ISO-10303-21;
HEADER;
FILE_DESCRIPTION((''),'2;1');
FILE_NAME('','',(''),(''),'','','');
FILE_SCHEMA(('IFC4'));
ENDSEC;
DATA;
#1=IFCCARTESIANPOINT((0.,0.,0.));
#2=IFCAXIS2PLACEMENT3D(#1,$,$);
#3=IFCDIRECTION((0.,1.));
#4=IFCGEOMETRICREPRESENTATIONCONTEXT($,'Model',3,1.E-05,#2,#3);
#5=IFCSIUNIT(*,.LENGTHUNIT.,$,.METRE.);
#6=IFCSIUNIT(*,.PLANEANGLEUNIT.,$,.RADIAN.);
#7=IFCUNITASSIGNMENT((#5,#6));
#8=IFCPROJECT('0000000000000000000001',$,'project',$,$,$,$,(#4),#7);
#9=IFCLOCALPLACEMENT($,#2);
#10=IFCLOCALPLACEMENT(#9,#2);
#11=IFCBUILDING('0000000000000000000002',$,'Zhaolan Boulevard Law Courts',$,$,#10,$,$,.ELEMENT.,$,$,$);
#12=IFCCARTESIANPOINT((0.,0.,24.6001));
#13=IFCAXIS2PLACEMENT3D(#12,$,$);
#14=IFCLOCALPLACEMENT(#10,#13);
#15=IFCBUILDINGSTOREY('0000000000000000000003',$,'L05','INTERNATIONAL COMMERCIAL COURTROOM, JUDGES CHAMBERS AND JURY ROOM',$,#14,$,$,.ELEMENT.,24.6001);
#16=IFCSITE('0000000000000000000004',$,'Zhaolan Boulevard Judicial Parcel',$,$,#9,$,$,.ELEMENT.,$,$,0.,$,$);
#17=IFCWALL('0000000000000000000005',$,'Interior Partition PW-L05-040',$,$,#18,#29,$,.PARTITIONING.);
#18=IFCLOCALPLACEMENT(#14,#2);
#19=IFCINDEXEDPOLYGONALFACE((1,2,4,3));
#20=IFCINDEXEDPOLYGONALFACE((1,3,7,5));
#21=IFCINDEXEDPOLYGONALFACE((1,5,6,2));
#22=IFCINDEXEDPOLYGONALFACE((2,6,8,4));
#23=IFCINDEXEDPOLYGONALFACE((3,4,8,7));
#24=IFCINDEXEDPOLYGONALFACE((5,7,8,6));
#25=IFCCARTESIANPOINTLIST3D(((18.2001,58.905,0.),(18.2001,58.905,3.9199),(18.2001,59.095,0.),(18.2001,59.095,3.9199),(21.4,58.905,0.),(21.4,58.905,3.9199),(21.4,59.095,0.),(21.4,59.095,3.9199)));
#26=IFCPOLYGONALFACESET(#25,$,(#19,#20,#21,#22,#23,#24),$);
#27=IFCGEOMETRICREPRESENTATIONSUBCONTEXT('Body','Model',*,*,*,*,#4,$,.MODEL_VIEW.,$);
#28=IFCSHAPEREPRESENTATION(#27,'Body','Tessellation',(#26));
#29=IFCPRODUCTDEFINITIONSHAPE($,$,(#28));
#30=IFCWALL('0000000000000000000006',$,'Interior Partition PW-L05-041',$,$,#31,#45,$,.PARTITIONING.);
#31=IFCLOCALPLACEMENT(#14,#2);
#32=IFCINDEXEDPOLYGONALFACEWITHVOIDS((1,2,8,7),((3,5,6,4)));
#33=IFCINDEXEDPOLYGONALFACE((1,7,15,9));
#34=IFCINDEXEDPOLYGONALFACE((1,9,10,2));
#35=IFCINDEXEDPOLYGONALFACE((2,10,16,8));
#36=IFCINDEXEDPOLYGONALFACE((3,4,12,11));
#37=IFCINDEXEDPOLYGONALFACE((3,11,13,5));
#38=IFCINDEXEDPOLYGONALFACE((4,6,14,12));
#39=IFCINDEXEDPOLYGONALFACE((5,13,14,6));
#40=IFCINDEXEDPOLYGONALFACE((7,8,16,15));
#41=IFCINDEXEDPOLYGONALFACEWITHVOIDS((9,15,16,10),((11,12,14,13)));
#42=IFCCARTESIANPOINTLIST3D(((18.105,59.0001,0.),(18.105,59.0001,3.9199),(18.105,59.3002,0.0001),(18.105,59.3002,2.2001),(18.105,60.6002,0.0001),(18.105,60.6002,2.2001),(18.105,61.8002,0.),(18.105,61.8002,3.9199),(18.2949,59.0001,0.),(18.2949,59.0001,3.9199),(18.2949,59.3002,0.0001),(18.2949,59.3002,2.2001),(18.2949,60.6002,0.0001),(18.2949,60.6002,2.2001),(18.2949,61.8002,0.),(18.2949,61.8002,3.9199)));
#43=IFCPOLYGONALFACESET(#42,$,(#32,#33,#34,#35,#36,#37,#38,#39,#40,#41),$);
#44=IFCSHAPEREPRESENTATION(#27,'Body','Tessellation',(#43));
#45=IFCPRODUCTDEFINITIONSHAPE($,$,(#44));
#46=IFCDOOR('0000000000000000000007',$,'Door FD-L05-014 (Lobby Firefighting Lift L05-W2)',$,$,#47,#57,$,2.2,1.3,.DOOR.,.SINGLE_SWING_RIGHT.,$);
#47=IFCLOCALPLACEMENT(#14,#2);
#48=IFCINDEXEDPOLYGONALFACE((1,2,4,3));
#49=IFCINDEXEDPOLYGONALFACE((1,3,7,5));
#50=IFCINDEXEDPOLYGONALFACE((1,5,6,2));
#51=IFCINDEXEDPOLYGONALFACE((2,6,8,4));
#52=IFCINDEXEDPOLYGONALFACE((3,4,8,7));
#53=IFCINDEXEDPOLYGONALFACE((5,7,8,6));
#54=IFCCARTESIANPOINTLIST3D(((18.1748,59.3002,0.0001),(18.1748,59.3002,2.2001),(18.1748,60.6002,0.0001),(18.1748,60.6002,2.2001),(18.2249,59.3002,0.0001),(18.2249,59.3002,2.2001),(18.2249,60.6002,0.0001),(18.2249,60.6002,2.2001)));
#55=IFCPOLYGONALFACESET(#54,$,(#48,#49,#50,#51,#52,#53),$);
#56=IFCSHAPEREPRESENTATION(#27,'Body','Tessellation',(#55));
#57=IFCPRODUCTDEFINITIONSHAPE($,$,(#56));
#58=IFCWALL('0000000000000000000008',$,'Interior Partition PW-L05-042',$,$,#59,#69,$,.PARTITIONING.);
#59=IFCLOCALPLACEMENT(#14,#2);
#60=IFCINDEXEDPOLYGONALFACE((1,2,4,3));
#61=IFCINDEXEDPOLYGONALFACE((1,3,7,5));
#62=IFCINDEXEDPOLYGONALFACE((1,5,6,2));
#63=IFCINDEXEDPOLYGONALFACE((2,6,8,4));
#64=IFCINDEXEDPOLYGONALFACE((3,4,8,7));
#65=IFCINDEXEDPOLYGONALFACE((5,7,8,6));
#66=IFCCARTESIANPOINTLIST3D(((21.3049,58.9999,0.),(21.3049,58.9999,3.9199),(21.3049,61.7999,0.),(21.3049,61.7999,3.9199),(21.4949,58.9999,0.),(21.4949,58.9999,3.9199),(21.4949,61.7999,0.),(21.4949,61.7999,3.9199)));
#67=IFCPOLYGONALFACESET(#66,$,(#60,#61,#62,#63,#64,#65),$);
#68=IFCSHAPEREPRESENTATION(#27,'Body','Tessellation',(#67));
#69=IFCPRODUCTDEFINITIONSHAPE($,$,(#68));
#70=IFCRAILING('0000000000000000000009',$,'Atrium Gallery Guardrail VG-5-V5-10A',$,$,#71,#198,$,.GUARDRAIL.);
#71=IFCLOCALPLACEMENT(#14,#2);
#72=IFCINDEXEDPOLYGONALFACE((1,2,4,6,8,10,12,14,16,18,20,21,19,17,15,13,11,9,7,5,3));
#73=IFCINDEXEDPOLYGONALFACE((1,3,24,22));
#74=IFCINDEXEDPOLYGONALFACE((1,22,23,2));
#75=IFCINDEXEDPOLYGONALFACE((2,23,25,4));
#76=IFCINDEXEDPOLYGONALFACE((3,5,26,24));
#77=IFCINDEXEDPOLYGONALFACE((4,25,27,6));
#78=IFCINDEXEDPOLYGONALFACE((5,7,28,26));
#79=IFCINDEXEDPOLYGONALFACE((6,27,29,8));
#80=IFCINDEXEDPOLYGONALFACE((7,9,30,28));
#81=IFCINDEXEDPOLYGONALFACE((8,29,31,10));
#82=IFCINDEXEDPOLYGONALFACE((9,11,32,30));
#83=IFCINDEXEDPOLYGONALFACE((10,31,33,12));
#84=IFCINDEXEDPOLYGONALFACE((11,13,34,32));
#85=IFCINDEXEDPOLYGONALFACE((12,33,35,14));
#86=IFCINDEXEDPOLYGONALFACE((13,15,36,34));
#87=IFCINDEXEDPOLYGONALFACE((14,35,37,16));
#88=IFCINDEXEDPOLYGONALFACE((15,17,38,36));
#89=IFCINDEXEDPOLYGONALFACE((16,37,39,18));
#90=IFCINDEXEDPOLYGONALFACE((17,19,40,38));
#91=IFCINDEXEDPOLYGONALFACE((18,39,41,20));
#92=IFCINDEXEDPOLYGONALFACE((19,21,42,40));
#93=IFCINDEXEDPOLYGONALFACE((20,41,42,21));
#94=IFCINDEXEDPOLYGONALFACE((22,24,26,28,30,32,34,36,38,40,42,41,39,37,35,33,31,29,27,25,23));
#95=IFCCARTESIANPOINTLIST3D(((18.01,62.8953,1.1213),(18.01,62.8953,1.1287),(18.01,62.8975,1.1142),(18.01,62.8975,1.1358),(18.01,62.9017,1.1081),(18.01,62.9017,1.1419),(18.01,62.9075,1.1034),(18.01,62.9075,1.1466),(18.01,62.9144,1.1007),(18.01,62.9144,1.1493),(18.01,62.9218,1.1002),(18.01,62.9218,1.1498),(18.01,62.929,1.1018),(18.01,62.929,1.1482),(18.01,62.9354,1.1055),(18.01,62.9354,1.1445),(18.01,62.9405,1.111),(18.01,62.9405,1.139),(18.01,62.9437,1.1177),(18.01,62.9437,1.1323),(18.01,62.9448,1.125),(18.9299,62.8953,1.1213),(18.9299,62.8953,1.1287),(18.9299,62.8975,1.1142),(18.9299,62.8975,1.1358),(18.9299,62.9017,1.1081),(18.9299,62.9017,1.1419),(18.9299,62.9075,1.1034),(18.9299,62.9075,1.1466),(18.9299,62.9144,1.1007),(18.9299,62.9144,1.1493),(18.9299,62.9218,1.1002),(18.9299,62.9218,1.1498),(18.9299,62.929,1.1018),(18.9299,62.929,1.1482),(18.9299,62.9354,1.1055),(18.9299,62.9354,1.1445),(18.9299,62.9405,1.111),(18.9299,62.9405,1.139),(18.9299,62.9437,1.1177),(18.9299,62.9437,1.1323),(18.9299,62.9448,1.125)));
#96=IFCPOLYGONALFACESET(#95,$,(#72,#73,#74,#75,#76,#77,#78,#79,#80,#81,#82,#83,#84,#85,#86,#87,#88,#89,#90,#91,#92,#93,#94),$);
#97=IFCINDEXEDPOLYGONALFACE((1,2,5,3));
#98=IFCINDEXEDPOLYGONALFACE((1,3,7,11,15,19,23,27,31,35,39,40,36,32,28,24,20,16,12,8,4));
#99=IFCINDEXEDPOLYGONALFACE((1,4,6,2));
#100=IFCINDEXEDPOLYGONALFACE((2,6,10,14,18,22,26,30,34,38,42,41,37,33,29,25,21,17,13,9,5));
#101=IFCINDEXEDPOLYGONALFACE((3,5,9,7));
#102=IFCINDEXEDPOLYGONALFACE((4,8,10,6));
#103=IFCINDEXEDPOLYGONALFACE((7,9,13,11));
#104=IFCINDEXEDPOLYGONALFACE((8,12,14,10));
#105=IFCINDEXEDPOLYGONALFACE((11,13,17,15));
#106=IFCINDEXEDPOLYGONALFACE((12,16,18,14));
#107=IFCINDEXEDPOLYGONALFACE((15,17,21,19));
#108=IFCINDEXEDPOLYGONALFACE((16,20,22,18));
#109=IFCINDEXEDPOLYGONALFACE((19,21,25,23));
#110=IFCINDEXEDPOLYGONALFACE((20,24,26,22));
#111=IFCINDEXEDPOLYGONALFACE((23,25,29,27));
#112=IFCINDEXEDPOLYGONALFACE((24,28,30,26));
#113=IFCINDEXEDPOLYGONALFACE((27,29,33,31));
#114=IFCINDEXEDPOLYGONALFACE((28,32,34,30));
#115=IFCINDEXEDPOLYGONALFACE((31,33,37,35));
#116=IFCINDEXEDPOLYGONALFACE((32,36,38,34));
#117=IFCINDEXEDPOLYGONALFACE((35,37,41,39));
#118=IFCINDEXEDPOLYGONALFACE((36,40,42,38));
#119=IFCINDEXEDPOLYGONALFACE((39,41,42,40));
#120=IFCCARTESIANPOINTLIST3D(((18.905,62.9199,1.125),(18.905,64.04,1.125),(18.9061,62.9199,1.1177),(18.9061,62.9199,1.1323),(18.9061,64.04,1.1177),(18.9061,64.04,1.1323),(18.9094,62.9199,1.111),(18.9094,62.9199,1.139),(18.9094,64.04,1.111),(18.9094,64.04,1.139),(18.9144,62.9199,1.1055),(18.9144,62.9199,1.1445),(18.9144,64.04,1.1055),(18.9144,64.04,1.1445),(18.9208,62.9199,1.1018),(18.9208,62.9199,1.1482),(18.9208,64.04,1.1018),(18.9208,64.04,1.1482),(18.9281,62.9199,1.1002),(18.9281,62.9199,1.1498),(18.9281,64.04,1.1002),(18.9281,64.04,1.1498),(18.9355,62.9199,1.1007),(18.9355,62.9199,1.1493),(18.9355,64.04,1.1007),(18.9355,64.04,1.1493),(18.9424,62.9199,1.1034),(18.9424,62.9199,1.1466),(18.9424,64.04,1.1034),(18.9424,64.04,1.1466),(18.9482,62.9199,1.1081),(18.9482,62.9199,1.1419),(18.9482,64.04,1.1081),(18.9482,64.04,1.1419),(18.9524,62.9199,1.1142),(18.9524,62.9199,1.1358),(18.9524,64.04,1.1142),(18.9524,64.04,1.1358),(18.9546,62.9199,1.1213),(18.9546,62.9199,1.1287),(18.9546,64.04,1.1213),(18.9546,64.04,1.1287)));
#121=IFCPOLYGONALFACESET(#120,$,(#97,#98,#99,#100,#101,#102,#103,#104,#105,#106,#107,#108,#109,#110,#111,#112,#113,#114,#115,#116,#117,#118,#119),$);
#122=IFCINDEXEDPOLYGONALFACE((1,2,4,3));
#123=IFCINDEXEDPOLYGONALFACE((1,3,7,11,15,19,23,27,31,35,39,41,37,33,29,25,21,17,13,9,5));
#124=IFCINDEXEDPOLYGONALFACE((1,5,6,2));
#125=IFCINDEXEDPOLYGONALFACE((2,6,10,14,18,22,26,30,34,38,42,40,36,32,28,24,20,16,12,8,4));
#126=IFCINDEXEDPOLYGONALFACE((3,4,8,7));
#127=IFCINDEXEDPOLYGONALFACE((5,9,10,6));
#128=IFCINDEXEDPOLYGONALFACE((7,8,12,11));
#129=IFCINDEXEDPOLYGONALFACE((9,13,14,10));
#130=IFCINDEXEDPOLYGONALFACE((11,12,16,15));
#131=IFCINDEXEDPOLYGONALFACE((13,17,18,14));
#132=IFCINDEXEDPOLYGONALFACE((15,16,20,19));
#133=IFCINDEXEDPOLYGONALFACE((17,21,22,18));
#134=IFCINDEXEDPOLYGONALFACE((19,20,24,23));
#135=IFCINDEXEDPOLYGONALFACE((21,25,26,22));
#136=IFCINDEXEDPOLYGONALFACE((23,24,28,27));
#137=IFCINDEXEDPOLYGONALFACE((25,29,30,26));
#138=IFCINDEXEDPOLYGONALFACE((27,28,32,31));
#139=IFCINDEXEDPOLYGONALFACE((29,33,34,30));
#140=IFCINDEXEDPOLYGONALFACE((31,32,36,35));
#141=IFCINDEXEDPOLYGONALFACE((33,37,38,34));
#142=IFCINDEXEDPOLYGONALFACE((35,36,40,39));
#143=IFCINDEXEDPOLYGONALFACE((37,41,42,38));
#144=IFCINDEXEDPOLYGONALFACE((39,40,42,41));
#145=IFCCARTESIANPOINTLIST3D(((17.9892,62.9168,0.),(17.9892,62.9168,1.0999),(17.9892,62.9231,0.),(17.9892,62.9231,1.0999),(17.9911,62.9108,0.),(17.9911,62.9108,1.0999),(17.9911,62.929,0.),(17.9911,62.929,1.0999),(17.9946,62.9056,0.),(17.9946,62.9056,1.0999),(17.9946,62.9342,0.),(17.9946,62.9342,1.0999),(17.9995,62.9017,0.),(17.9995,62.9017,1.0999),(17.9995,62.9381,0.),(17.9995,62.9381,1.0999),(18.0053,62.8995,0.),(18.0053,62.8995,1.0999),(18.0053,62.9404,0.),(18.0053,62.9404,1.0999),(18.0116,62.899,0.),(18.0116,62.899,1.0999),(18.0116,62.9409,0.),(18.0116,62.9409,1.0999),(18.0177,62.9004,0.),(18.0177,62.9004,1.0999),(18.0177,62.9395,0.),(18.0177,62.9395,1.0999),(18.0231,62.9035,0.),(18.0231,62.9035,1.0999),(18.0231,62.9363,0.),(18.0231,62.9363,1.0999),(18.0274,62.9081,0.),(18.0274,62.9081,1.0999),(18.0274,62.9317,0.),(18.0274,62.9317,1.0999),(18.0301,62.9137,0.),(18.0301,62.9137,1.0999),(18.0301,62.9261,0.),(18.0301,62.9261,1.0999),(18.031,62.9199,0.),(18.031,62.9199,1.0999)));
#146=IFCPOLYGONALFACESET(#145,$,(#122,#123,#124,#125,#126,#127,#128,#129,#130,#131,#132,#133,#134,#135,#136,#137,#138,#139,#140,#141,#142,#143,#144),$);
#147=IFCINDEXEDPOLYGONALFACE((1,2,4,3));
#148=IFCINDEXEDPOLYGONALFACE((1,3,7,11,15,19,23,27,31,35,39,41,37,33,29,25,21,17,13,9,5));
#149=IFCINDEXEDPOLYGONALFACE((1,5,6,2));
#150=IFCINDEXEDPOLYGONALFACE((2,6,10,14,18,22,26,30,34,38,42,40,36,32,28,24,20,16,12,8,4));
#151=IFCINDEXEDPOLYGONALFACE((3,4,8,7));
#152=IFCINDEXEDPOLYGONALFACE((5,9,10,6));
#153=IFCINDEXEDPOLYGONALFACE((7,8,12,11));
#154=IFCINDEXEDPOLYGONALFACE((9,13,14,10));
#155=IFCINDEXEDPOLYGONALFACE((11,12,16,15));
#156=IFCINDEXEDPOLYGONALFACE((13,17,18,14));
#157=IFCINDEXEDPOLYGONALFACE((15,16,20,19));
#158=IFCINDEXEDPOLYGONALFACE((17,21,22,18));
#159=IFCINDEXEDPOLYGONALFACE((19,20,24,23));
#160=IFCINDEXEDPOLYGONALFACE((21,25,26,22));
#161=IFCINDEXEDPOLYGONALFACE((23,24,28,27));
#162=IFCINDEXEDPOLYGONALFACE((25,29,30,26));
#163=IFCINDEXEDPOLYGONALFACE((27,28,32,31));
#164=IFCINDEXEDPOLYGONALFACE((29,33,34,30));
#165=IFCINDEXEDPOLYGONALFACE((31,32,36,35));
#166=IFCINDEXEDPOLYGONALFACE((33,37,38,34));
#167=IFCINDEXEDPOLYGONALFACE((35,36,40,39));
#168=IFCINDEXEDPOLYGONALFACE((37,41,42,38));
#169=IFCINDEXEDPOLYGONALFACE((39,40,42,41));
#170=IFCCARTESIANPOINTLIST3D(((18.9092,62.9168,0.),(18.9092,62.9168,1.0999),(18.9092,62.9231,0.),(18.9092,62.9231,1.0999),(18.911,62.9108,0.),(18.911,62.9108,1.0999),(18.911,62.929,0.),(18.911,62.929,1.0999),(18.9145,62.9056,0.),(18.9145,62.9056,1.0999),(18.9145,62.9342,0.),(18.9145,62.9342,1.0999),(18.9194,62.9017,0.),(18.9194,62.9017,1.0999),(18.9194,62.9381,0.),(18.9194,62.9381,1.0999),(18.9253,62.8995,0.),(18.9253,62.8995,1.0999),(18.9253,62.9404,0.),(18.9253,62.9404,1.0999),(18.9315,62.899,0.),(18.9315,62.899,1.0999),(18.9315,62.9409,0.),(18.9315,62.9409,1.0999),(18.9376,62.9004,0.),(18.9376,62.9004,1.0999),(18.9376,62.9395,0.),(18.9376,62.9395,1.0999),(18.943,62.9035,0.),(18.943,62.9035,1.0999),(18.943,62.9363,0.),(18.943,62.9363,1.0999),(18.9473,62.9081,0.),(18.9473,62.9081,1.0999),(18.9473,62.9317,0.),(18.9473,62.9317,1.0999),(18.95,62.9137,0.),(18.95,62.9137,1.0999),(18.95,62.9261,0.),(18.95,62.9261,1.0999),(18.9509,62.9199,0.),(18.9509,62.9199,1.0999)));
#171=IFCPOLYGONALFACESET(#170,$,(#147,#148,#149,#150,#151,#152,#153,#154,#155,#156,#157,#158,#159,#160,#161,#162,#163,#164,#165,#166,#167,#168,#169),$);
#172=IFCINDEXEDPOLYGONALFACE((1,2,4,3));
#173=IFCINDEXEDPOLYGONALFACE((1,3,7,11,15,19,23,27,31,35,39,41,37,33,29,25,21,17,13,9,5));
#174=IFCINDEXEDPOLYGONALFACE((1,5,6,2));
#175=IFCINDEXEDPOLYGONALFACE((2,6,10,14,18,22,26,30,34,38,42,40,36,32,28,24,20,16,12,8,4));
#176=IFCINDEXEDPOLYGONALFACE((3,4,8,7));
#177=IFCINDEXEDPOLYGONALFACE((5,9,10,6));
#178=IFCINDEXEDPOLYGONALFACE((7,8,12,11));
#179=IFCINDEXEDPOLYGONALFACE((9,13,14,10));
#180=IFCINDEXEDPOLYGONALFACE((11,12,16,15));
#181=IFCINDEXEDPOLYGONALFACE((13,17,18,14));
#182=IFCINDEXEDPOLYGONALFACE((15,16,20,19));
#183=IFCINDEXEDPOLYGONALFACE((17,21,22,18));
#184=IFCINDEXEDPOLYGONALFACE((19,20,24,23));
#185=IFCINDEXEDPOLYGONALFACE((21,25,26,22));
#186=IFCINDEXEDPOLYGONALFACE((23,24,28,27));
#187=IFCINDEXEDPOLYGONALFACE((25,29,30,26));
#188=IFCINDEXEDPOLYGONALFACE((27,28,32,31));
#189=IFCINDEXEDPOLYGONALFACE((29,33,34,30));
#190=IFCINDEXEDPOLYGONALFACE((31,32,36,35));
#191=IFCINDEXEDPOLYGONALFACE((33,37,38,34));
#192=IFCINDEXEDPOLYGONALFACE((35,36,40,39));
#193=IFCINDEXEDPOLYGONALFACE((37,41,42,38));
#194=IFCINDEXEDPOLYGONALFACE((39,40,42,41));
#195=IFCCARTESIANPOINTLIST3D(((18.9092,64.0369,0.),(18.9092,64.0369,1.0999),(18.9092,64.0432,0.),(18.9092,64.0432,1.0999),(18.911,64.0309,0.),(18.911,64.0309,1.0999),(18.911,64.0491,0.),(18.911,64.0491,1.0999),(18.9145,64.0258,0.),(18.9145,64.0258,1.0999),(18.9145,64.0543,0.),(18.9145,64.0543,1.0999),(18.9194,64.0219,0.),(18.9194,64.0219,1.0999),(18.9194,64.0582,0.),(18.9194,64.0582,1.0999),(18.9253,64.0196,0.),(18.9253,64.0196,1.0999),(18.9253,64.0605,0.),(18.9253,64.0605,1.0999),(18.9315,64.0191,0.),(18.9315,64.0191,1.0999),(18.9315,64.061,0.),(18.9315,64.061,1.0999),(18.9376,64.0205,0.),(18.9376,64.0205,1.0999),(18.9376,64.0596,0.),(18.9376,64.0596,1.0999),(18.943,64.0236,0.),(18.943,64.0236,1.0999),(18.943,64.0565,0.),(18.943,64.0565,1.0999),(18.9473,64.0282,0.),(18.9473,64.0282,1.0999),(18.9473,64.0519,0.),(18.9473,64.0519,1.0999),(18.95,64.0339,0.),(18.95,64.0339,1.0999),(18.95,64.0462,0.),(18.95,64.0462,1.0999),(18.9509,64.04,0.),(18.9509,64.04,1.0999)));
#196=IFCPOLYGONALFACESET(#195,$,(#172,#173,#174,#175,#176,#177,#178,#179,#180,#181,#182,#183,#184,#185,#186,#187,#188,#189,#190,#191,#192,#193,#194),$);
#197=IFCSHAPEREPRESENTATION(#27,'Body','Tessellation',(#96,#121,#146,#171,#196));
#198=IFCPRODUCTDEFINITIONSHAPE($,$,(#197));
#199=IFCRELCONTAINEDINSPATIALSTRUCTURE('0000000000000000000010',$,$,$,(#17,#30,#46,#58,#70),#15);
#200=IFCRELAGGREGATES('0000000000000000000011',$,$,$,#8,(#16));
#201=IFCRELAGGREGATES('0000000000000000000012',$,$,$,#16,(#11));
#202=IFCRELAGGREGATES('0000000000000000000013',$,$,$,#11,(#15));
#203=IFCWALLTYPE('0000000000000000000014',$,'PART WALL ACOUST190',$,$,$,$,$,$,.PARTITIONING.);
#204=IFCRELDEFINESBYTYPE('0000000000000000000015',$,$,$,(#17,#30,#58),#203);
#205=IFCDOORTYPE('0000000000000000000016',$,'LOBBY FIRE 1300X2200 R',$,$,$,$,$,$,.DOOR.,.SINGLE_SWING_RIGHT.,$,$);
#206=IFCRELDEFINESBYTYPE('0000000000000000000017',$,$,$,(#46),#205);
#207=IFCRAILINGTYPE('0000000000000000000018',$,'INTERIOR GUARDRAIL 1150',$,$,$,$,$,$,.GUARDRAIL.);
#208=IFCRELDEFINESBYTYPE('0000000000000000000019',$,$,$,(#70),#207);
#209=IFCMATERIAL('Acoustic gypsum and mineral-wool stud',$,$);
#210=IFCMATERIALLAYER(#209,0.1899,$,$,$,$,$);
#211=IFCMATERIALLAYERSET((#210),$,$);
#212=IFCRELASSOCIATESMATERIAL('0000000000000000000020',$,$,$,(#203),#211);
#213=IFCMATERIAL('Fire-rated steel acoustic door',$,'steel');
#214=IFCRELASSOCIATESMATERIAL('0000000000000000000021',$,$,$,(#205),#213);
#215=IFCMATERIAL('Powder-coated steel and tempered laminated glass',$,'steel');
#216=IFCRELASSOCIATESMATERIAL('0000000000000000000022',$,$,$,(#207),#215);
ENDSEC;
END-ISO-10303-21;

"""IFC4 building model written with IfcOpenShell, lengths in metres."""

from ifc_helpers import new_model, si_unit, direction, frame, frame_2d, origin, origin_2d, place, context, subcontext, project, spatial, rectangle, circle, extrude, material, layer, layer_set, type_object, element, fill, save


model = new_model("IFC4")

# Units and contexts
model_context = context("Model", 3, precision=1e-05, world=origin(), true_north=direction((0.0, 1.0)))
body_context = subcontext(model_context, "Body", "Model", "MODEL_VIEW")
ifc_project = project(units=[si_unit("LENGTHUNIT", "METRE"), si_unit("PLANEANGLEUNIT", "RADIAN")], contexts=[model_context])

# Site, building, storey
site_placement = place(None, origin())
site = spatial("IfcSite", under=ifc_project, at=site_placement, Name="Zhaolan Boulevard Judicial Parcel", CompositionType="ELEMENT", RefElevation=0.0)
building_placement = place(site_placement, origin())
building = spatial("IfcBuilding", under=site, at=building_placement, Name="Zhaolan Boulevard Law Courts", CompositionType="ELEMENT")
storey_placement = place(building_placement, frame((0.0, 0.0, 24.6001)))
storey = spatial("IfcBuildingStorey", under=building, at=storey_placement, Name="L05", Description="INTERNATIONAL COMMERCIAL COURTROOM, JUDGES CHAMBERS AND JURY ROOM", CompositionType="ELEMENT", Elevation=24.6001)

# Wall
ifc_material_1 = material(Name="Acoustic gypsum and mineral-wool stud")
ifc_layer_1 = layer(ifc_material_1, 0.1899)
ifc_layer_set_1 = layer_set([ifc_layer_1])
wall_type_1 = type_object("IfcWallType", Name="PART WALL ACOUST190", PredefinedType="PARTITIONING", material=ifc_layer_set_1)
wall_1_placement = place(storey_placement, frame((18.2, 59.0, 0.0), z_axis=(0.0, 0.0, 1.0), x_axis=(1.0, 0.0, 0.0)))
element("IfcWall", 1, at=wall_1_placement, inside=storey, type_object=wall_type_1, Name="Interior Partition PW-L05-040", PredefinedType="PARTITIONING", context=body_context, shape_type="SweptSolid", body=[
    extrude(rectangle(XDim=3.2, YDim=0.1899, at=frame_2d((1.6001, 0.0))), origin(), (0.0, 0.0, 1.0), 3.9199),
])

# Wall, opening, door
wall_2_placement = place(storey_placement, frame((18.2, 61.8, 0.0), z_axis=(0.0, 0.0, 1.0), x_axis=(0.0, -1.0, 0.0)))
wall_2 = element("IfcWall", 2, at=wall_2_placement, inside=storey, type_object=wall_type_1, Name="Interior Partition PW-L05-041", PredefinedType="PARTITIONING", context=body_context, shape_type="SweptSolid", body=[
    extrude(rectangle(XDim=2.8, YDim=0.1899, at=frame_2d((1.3999, 0.0))), origin(), (0.0, 0.0, 1.0), 3.9199),
])
opening_1_placement = place(wall_2_placement, frame((1.2, 0.0, 0.0)))
opening_1 = element("IfcOpeningElement", 3, at=opening_1_placement, cuts=wall_2, PredefinedType="OPENING", context=body_context, shape_type="SweptSolid", body=[
    extrude(rectangle(XDim=1.3, YDim=2.2, at=frame_2d((0.6499, 1.1001))), frame((0.0, 0.105, 0.0), z_axis=(0.0, -1.0, 0.0), x_axis=(1.0, 0.0, 0.0)), (0.0, 0.0, 1.0), 0.21),
])
ifc_material_2 = material(Name="Fire-rated steel acoustic door", Category="steel")
door_type_1 = type_object("IfcDoorType", Name="LOBBY FIRE 1300X2200 R", OperationType="SINGLE_SWING_RIGHT", PredefinedType="DOOR", material=ifc_material_2)
door_1_placement = place(opening_1_placement, origin())
door_1 = element("IfcDoor", 4, at=door_1_placement, inside=storey, type_object=door_type_1, Name="Door FD-L05-014 (Lobby Firefighting Lift L05-W2)", OperationType="SINGLE_SWING_RIGHT", OverallHeight=2.2, OverallWidth=1.3, PredefinedType="DOOR", context=body_context, shape_type="SweptSolid", body=[
    extrude(rectangle(XDim=1.3, YDim=2.2, at=frame_2d((0.6499, 1.1001))), frame((0.0, 0.0249, 0.0), z_axis=(0.0, -1.0, 0.0), x_axis=(1.0, 0.0, 0.0)), (0.0, 0.0, 1.0), 0.05),
])
fill(opening_1, door_1)

# Wall
wall_3_placement = place(storey_placement, frame((21.3999, 59.0, 0.0), z_axis=(0.0, 0.0, 1.0), x_axis=(0.0, 1.0, 0.0)))
element("IfcWall", 5, at=wall_3_placement, inside=storey, type_object=wall_type_1, Name="Interior Partition PW-L05-042", PredefinedType="PARTITIONING", context=body_context, shape_type="SweptSolid", body=[
    extrude(rectangle(XDim=2.8, YDim=0.1899, at=frame_2d((1.3999, 0.0))), origin(), (0.0, 0.0, 1.0), 3.9199),
])

# Railing
ifc_material_3 = material(Name="Powder-coated steel and tempered laminated glass", Category="steel")
railing_type_1 = type_object("IfcRailingType", Name="INTERIOR GUARDRAIL 1150", PredefinedType="GUARDRAIL", material=ifc_material_3)
railing_1_placement = place(storey_placement, frame((18.01, 62.9199, 0.0)))
element("IfcRailing", 6, at=railing_1_placement, inside=storey, type_object=railing_type_1, Name="Atrium Gallery Guardrail VG-5-V5-10A", PredefinedType="GUARDRAIL", context=body_context, shape_type="SweptSolid", body=[
    extrude(circle(Radius=0.0249, at=origin_2d()), frame((0.0, 0.0, 1.125), z_axis=(1.0, 0.0, 0.0), x_axis=(0.0, 1.0, 0.0)), (0.0, 0.0, 1.0), 0.9199),
    extrude(circle(Radius=0.0249, at=origin_2d()), frame((0.9199, 0.0, 1.125), z_axis=(0.0, 1.0, 0.0), x_axis=(-1.0, 0.0, 0.0)), (0.0, 0.0, 1.0), 1.1201),
    extrude(circle(Radius=0.021, at=origin_2d()), origin(), (0.0, 0.0, 1.0), 1.0999),
    extrude(circle(Radius=0.021, at=origin_2d()), frame((0.9199, 0.0, 0.0)), (0.0, 0.0, 1.0), 1.0999),
    extrude(circle(Radius=0.021, at=origin_2d()), frame((0.9199, 1.1201, 0.0)), (0.0, 0.0, 1.0), 1.0999),
])

save(model, "model.ifc")
